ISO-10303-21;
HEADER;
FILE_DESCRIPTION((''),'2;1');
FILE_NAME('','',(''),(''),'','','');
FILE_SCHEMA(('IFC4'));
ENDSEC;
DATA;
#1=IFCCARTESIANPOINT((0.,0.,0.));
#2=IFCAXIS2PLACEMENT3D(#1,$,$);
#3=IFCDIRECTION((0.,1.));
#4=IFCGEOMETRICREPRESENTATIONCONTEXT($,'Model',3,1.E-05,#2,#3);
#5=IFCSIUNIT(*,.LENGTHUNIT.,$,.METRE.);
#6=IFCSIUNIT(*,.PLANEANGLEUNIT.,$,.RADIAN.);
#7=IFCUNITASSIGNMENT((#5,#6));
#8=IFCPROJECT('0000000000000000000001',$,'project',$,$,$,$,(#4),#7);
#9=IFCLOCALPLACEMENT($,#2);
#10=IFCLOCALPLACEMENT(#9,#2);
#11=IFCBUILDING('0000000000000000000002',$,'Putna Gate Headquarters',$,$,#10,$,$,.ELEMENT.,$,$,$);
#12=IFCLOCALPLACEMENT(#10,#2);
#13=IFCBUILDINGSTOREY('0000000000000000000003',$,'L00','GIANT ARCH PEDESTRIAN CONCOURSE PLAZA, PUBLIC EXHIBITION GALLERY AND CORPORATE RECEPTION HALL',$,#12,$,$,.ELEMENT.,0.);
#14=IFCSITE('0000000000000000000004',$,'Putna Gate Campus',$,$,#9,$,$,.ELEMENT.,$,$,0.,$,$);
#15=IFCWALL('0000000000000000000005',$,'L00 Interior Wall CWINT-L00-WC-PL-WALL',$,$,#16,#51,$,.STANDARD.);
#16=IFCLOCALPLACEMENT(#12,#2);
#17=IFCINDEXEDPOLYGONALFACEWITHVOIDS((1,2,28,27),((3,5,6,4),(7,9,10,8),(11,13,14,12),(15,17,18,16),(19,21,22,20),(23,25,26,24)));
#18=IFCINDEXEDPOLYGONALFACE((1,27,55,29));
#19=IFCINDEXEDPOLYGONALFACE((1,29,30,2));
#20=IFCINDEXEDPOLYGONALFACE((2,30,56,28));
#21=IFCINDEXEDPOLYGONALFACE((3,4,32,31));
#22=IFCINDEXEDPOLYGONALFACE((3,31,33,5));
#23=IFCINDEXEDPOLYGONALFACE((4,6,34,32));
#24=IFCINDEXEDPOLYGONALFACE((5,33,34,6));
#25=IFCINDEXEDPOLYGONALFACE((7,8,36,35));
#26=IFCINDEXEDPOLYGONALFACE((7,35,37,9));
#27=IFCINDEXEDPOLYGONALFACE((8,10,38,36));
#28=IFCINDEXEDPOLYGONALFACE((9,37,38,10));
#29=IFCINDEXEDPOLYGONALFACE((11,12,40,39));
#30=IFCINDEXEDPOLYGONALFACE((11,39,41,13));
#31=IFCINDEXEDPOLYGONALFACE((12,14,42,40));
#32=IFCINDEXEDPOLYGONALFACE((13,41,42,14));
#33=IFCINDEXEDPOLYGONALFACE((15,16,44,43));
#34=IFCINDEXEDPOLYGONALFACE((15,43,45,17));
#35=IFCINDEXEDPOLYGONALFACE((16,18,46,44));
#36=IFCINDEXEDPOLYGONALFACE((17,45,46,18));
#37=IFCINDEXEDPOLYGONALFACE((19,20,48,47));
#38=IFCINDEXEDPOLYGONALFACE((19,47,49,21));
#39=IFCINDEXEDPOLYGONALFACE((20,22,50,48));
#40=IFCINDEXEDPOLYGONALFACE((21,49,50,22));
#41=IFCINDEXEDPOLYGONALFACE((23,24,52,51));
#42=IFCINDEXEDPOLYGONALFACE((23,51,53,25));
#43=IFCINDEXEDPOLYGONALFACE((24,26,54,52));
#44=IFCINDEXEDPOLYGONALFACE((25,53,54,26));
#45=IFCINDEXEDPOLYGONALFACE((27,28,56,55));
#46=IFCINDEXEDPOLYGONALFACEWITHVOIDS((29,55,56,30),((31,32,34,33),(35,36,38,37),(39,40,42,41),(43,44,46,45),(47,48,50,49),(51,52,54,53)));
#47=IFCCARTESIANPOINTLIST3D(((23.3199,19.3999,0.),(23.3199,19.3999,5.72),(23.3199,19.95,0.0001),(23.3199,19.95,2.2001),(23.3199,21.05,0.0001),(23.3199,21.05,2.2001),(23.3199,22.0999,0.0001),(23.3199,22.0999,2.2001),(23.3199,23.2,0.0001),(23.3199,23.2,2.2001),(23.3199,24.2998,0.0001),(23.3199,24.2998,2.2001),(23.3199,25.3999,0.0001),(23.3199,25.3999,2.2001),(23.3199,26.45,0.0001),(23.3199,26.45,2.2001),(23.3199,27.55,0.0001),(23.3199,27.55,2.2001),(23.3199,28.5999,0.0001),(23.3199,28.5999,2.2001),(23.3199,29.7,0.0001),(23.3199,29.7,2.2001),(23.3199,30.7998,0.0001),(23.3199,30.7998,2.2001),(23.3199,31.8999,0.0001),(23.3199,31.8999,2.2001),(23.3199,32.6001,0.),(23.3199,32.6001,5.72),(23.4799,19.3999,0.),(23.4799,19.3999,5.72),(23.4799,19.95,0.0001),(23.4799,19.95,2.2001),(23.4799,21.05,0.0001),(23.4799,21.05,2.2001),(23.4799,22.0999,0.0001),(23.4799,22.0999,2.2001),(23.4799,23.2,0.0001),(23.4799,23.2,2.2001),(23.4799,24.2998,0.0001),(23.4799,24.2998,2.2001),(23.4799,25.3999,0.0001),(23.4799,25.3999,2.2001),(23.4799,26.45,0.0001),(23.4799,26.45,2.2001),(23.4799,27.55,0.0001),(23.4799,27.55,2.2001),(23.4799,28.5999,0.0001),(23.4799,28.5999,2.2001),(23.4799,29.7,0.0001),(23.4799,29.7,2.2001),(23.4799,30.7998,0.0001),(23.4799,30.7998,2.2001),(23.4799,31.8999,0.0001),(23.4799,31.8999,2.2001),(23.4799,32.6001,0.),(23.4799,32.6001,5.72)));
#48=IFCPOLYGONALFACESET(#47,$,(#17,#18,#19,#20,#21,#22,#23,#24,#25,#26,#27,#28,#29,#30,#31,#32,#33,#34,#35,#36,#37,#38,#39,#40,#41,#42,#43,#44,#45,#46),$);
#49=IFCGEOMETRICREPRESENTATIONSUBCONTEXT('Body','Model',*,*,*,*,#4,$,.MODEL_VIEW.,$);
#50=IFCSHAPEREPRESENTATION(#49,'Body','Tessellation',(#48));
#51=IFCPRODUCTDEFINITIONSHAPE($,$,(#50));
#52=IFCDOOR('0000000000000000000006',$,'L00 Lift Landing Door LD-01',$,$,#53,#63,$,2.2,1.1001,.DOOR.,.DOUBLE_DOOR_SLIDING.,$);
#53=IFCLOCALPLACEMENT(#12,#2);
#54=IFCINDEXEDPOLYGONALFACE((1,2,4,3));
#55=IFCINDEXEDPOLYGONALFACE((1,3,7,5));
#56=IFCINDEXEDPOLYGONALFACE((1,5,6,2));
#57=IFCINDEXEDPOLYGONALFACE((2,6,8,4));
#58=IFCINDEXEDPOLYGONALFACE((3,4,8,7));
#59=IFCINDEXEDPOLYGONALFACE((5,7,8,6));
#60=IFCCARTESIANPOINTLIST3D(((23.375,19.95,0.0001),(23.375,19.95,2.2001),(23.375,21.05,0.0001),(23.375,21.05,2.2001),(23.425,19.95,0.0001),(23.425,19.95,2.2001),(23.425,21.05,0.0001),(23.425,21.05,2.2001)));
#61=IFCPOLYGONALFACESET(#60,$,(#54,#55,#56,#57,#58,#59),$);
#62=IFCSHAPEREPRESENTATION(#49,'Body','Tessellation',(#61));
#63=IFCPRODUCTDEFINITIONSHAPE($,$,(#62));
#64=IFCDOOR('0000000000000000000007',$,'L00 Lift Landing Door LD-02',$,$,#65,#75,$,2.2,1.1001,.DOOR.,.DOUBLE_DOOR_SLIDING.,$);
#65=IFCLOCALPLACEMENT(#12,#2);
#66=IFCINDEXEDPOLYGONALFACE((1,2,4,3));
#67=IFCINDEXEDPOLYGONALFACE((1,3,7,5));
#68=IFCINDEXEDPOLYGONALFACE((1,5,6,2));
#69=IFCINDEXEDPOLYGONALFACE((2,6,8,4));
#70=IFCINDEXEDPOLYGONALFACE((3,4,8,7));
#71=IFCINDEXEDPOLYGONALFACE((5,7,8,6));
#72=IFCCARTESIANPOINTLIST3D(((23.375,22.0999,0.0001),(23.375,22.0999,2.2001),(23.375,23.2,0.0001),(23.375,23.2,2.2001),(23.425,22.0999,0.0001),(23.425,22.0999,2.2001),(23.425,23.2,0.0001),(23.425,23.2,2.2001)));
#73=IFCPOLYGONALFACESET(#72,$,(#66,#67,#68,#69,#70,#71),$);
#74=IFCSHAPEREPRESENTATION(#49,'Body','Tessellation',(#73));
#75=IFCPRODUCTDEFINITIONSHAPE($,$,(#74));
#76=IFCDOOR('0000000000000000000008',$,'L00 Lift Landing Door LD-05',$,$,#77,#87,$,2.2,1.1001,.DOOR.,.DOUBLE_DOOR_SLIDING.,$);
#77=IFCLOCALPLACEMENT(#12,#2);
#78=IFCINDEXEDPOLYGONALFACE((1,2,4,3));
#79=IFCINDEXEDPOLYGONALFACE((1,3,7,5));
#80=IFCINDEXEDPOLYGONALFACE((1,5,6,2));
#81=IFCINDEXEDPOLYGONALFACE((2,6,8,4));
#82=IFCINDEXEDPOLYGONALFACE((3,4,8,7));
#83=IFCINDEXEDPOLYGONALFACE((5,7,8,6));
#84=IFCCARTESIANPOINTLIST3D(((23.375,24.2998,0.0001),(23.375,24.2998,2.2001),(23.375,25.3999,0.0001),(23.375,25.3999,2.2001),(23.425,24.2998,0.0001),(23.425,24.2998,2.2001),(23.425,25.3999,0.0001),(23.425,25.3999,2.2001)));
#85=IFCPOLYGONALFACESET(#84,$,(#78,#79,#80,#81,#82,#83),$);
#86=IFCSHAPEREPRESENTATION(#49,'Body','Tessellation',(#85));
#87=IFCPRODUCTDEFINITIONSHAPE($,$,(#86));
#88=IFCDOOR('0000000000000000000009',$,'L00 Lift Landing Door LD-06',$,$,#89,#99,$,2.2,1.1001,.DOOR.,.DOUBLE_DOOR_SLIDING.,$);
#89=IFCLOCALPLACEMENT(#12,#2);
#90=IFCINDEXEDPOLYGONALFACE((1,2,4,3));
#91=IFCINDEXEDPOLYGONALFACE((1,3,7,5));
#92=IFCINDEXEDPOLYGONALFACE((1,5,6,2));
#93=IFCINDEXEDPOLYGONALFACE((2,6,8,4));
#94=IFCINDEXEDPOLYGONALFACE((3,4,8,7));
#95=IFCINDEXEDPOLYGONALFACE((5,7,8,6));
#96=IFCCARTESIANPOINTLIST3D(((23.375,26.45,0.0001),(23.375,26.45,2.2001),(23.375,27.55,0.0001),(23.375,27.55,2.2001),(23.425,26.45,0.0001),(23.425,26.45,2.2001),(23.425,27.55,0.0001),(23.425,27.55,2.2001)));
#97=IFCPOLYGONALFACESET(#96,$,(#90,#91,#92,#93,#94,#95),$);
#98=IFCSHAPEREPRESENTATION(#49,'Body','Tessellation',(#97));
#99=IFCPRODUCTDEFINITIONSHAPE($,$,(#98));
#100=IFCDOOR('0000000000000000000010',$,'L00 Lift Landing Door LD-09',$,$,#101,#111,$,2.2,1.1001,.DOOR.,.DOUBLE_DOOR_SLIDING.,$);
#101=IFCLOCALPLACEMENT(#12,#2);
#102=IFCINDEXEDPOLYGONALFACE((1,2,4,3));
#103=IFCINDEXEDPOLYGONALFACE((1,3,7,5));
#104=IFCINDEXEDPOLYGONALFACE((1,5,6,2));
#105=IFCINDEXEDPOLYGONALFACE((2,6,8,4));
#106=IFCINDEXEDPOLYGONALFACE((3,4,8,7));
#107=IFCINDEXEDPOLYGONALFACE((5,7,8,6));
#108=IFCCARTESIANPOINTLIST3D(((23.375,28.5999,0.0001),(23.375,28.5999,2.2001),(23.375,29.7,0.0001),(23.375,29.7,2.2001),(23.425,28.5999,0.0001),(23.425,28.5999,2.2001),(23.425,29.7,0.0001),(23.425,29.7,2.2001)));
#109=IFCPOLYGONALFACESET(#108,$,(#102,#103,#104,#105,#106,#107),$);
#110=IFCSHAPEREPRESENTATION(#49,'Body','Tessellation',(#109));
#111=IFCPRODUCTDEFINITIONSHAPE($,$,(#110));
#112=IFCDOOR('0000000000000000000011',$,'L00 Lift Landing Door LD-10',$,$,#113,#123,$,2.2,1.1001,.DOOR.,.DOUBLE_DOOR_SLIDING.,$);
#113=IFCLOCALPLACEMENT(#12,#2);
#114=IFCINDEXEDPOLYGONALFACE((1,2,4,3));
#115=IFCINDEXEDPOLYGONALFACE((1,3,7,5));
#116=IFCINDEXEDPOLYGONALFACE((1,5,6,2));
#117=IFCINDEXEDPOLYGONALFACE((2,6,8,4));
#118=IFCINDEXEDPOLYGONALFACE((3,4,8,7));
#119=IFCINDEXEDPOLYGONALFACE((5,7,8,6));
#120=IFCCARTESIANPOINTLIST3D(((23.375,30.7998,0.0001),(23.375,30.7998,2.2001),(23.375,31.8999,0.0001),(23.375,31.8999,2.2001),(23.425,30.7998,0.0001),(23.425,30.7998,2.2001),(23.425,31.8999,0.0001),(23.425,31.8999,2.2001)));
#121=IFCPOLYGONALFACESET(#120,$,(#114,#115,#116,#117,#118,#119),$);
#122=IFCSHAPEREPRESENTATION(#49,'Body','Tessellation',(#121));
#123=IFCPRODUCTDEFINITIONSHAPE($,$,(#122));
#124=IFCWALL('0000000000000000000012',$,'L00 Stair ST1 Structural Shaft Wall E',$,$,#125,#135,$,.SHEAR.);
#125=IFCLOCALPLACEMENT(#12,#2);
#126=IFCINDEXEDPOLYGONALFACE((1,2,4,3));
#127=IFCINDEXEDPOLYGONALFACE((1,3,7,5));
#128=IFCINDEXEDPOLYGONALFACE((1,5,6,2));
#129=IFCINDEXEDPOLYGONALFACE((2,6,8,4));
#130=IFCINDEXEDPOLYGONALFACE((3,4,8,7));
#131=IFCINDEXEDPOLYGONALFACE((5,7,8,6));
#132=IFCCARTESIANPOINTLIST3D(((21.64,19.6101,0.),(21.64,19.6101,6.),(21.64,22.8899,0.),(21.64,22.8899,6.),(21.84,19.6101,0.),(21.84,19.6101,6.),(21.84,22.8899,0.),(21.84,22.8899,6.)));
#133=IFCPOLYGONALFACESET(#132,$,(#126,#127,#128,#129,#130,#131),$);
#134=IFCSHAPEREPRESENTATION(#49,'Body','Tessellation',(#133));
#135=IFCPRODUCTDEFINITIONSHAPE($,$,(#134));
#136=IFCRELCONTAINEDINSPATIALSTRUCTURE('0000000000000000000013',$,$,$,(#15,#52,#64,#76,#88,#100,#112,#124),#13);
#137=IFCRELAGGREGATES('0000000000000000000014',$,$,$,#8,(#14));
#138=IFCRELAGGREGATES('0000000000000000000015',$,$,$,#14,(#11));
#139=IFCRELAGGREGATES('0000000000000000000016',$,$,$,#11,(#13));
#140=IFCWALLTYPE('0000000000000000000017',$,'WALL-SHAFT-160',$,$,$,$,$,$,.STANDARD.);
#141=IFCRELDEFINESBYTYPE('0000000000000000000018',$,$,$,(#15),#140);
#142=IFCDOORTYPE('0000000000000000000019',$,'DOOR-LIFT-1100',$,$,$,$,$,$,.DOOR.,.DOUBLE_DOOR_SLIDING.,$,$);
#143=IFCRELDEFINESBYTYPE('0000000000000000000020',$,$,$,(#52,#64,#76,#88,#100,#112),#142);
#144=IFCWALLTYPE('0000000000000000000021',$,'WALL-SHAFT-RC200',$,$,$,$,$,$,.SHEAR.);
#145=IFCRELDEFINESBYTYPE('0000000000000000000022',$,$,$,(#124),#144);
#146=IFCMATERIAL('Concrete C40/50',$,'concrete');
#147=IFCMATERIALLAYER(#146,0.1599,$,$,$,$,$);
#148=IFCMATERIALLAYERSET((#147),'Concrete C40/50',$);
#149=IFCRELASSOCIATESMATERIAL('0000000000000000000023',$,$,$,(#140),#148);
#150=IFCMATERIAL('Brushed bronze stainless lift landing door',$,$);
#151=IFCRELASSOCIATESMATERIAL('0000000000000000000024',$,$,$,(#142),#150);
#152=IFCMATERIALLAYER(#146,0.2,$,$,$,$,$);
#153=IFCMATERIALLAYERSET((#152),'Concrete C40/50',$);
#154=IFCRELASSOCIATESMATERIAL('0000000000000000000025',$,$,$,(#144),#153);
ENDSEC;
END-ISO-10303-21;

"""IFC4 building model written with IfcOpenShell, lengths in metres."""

from ifc_helpers import new_model, si_unit, direction, frame, frame_2d, origin, place, context, subcontext, project, spatial, rectangle, extrude, material, layer, layer_set, type_object, element, fill, save


model = new_model("IFC4")

# Units and contexts
model_context = context("Model", 3, precision=1e-05, world=origin(), true_north=direction((0.0, 1.0)))
body_context = subcontext(model_context, "Body", "Model", "MODEL_VIEW")
ifc_project = project(units=[si_unit("LENGTHUNIT", "METRE"), si_unit("PLANEANGLEUNIT", "RADIAN")], contexts=[model_context])

# Site, building, storey
site_placement = place(None, origin())
site = spatial("IfcSite", under=ifc_project, at=site_placement, Name="Putna Gate Campus", CompositionType="ELEMENT", RefElevation=0.0)
building_placement = place(site_placement, origin())
building = spatial("IfcBuilding", under=site, at=building_placement, Name="Putna Gate Headquarters", CompositionType="ELEMENT")
storey_placement = place(building_placement, origin())
storey = spatial("IfcBuildingStorey", under=building, at=storey_placement, Name="L00", Description="GIANT ARCH PEDESTRIAN CONCOURSE PLAZA, PUBLIC EXHIBITION GALLERY AND CORPORATE RECEPTION HALL", CompositionType="ELEMENT", Elevation=0.0)

# Wall, openings, doors
ifc_material_1 = material(Name="Concrete C40/50", Category="concrete")
ifc_layer_1 = layer(ifc_material_1, 0.1599)
ifc_layer_set_1 = layer_set([ifc_layer_1], Name="Concrete C40/50")
wall_type_1 = type_object("IfcWallType", Name="WALL-SHAFT-160", PredefinedType="STANDARD", material=ifc_layer_set_1)
wall_1_placement = place(storey_placement, frame((23.3999, 19.3999, 0.0), z_axis=(0.0, 0.0, 1.0), x_axis=(0.0, 1.0, 0.0)))
wall_1 = element("IfcWall", 1, at=wall_1_placement, inside=storey, type_object=wall_type_1, Name="L00 Interior Wall CWINT-L00-WC-PL-WALL", PredefinedType="STANDARD", context=body_context, shape_type="SweptSolid", body=[
    extrude(rectangle(XDim=13.2002, YDim=0.1599, at=frame_2d((6.6001, 0.0))), origin(), (0.0, 0.0, 1.0), 5.72),
])
opening_1_placement = place(wall_1_placement, frame((0.55, 0.0, 0.0)))
opening_1 = element("IfcOpeningElement", 2, at=opening_1_placement, cuts=wall_1, PredefinedType="OPENING", context=body_context, shape_type="SweptSolid", body=[
    extrude(rectangle(XDim=1.1001, YDim=2.2, at=frame_2d((0.55, 1.1001))), frame((0.0, 0.0898, 0.0), z_axis=(0.0, -1.0, 0.0), x_axis=(1.0, 0.0, 0.0)), (0.0, 0.0, 1.0), 0.1799),
])
opening_2_placement = place(wall_1_placement, frame((2.7, 0.0, 0.0)))
opening_2 = element("IfcOpeningElement", 3, at=opening_2_placement, cuts=wall_1, PredefinedType="OPENING", context=body_context, shape_type="SweptSolid", body=[
    extrude(rectangle(XDim=1.1001, YDim=2.2, at=frame_2d((0.55, 1.1001))), frame((0.0, 0.0898, 0.0), z_axis=(0.0, -1.0, 0.0), x_axis=(1.0, 0.0, 0.0)), (0.0, 0.0, 1.0), 0.1799),
])
opening_3_placement = place(wall_1_placement, frame((4.8999, 0.0, 0.0)))
opening_3 = element("IfcOpeningElement", 4, at=opening_3_placement, cuts=wall_1, PredefinedType="OPENING", context=body_context, shape_type="SweptSolid", body=[
    extrude(rectangle(XDim=1.1001, YDim=2.2, at=frame_2d((0.55, 1.1001))), frame((0.0, 0.0898, 0.0), z_axis=(0.0, -1.0, 0.0), x_axis=(1.0, 0.0, 0.0)), (0.0, 0.0, 1.0), 0.1799),
])
opening_4_placement = place(wall_1_placement, frame((7.05, 0.0, 0.0)))
opening_4 = element("IfcOpeningElement", 5, at=opening_4_placement, cuts=wall_1, PredefinedType="OPENING", context=body_context, shape_type="SweptSolid", body=[
    extrude(rectangle(XDim=1.1001, YDim=2.2, at=frame_2d((0.55, 1.1001))), frame((0.0, 0.0898, 0.0), z_axis=(0.0, -1.0, 0.0), x_axis=(1.0, 0.0, 0.0)), (0.0, 0.0, 1.0), 0.1799),
])
opening_5_placement = place(wall_1_placement, frame((9.2, 0.0, 0.0)))
opening_5 = element("IfcOpeningElement", 6, at=opening_5_placement, cuts=wall_1, PredefinedType="OPENING", context=body_context, shape_type="SweptSolid", body=[
    extrude(rectangle(XDim=1.1001, YDim=2.2, at=frame_2d((0.55, 1.1001))), frame((0.0, 0.0898, 0.0), z_axis=(0.0, -1.0, 0.0), x_axis=(1.0, 0.0, 0.0)), (0.0, 0.0, 1.0), 0.1799),
])
opening_6_placement = place(wall_1_placement, frame((11.3999, 0.0, 0.0)))
opening_6 = element("IfcOpeningElement", 7, at=opening_6_placement, cuts=wall_1, PredefinedType="OPENING", context=body_context, shape_type="SweptSolid", body=[
    extrude(rectangle(XDim=1.1001, YDim=2.2, at=frame_2d((0.55, 1.1001))), frame((0.0, 0.0898, 0.0), z_axis=(0.0, -1.0, 0.0), x_axis=(1.0, 0.0, 0.0)), (0.0, 0.0, 1.0), 0.1799),
])
ifc_material_2 = material(Name="Brushed bronze stainless lift landing door")
door_type = type_object("IfcDoorType", Name="DOOR-LIFT-1100", OperationType="DOUBLE_DOOR_SLIDING", PredefinedType="DOOR", material=ifc_material_2)
door_1_placement = place(opening_1_placement, origin())
door_1 = element("IfcDoor", 8, at=door_1_placement, inside=storey, type_object=door_type, Name="L00 Lift Landing Door LD-01", OperationType="DOUBLE_DOOR_SLIDING", OverallHeight=2.2, OverallWidth=1.1001, PredefinedType="DOOR", context=body_context, shape_type="SweptSolid", body=[
    extrude(rectangle(XDim=1.1001, YDim=2.2, at=frame_2d((0.55, 1.1001))), frame((0.0, 0.0249, 0.0), z_axis=(0.0, -1.0, 0.0), x_axis=(1.0, 0.0, 0.0)), (0.0, 0.0, 1.0), 0.05),
])
fill(opening_1, door_1)
door_2_placement = place(opening_2_placement, origin())
door_2 = element("IfcDoor", 9, at=door_2_placement, inside=storey, type_object=door_type, Name="L00 Lift Landing Door LD-02", OperationType="DOUBLE_DOOR_SLIDING", OverallHeight=2.2, OverallWidth=1.1001, PredefinedType="DOOR", context=body_context, shape_type="SweptSolid", body=[
    extrude(rectangle(XDim=1.1001, YDim=2.2, at=frame_2d((0.55, 1.1001))), frame((0.0, 0.0249, 0.0), z_axis=(0.0, -1.0, 0.0), x_axis=(1.0, 0.0, 0.0)), (0.0, 0.0, 1.0), 0.05),
])
fill(opening_2, door_2)
door_3_placement = place(opening_3_placement, origin())
door_3 = element("IfcDoor", 10, at=door_3_placement, inside=storey, type_object=door_type, Name="L00 Lift Landing Door LD-05", OperationType="DOUBLE_DOOR_SLIDING", OverallHeight=2.2, OverallWidth=1.1001, PredefinedType="DOOR", context=body_context, shape_type="SweptSolid", body=[
    extrude(rectangle(XDim=1.1001, YDim=2.2, at=frame_2d((0.55, 1.1001))), frame((0.0, 0.0249, 0.0), z_axis=(0.0, -1.0, 0.0), x_axis=(1.0, 0.0, 0.0)), (0.0, 0.0, 1.0), 0.05),
])
fill(opening_3, door_3)
door_4_placement = place(opening_4_placement, origin())
door_4 = element("IfcDoor", 11, at=door_4_placement, inside=storey, type_object=door_type, Name="L00 Lift Landing Door LD-06", OperationType="DOUBLE_DOOR_SLIDING", OverallHeight=2.2, OverallWidth=1.1001, PredefinedType="DOOR", context=body_context, shape_type="SweptSolid", body=[
    extrude(rectangle(XDim=1.1001, YDim=2.2, at=frame_2d((0.55, 1.1001))), frame((0.0, 0.0249, 0.0), z_axis=(0.0, -1.0, 0.0), x_axis=(1.0, 0.0, 0.0)), (0.0, 0.0, 1.0), 0.05),
])
fill(opening_4, door_4)
door_5_placement = place(opening_5_placement, origin())
door_5 = element("IfcDoor", 12, at=door_5_placement, inside=storey, type_object=door_type, Name="L00 Lift Landing Door LD-09", OperationType="DOUBLE_DOOR_SLIDING", OverallHeight=2.2, OverallWidth=1.1001, PredefinedType="DOOR", context=body_context, shape_type="SweptSolid", body=[
    extrude(rectangle(XDim=1.1001, YDim=2.2, at=frame_2d((0.55, 1.1001))), frame((0.0, 0.0249, 0.0), z_axis=(0.0, -1.0, 0.0), x_axis=(1.0, 0.0, 0.0)), (0.0, 0.0, 1.0), 0.05),
])
fill(opening_5, door_5)
door_6_placement = place(opening_6_placement, origin())
door_6 = element("IfcDoor", 13, at=door_6_placement, inside=storey, type_object=door_type, Name="L00 Lift Landing Door LD-10", OperationType="DOUBLE_DOOR_SLIDING", OverallHeight=2.2, OverallWidth=1.1001, PredefinedType="DOOR", context=body_context, shape_type="SweptSolid", body=[
    extrude(rectangle(XDim=1.1001, YDim=2.2, at=frame_2d((0.55, 1.1001))), frame((0.0, 0.0249, 0.0), z_axis=(0.0, -1.0, 0.0), x_axis=(1.0, 0.0, 0.0)), (0.0, 0.0, 1.0), 0.05),
])
fill(opening_6, door_6)

# Wall
ifc_layer_2 = layer(ifc_material_1, 0.2)
ifc_layer_set_2 = layer_set([ifc_layer_2], Name="Concrete C40/50")
wall_type_2 = type_object("IfcWallType", Name="WALL-SHAFT-RC200", PredefinedType="SHEAR", material=ifc_layer_set_2)
wall_2_placement = place(storey_placement, frame((21.74, 19.6101, 0.0), z_axis=(0.0, 0.0, 1.0), x_axis=(0.0, 1.0, 0.0)))
element("IfcWall", 14, at=wall_2_placement, inside=storey, type_object=wall_type_2, Name="L00 Stair ST1 Structural Shaft Wall E", PredefinedType="SHEAR", context=body_context, shape_type="SweptSolid", body=[
    extrude(rectangle(XDim=3.2798, YDim=0.2, at=frame_2d((1.6399, 0.0))), origin(), (0.0, 0.0, 1.0), 6.0),
])

save(model, "model.ifc")
